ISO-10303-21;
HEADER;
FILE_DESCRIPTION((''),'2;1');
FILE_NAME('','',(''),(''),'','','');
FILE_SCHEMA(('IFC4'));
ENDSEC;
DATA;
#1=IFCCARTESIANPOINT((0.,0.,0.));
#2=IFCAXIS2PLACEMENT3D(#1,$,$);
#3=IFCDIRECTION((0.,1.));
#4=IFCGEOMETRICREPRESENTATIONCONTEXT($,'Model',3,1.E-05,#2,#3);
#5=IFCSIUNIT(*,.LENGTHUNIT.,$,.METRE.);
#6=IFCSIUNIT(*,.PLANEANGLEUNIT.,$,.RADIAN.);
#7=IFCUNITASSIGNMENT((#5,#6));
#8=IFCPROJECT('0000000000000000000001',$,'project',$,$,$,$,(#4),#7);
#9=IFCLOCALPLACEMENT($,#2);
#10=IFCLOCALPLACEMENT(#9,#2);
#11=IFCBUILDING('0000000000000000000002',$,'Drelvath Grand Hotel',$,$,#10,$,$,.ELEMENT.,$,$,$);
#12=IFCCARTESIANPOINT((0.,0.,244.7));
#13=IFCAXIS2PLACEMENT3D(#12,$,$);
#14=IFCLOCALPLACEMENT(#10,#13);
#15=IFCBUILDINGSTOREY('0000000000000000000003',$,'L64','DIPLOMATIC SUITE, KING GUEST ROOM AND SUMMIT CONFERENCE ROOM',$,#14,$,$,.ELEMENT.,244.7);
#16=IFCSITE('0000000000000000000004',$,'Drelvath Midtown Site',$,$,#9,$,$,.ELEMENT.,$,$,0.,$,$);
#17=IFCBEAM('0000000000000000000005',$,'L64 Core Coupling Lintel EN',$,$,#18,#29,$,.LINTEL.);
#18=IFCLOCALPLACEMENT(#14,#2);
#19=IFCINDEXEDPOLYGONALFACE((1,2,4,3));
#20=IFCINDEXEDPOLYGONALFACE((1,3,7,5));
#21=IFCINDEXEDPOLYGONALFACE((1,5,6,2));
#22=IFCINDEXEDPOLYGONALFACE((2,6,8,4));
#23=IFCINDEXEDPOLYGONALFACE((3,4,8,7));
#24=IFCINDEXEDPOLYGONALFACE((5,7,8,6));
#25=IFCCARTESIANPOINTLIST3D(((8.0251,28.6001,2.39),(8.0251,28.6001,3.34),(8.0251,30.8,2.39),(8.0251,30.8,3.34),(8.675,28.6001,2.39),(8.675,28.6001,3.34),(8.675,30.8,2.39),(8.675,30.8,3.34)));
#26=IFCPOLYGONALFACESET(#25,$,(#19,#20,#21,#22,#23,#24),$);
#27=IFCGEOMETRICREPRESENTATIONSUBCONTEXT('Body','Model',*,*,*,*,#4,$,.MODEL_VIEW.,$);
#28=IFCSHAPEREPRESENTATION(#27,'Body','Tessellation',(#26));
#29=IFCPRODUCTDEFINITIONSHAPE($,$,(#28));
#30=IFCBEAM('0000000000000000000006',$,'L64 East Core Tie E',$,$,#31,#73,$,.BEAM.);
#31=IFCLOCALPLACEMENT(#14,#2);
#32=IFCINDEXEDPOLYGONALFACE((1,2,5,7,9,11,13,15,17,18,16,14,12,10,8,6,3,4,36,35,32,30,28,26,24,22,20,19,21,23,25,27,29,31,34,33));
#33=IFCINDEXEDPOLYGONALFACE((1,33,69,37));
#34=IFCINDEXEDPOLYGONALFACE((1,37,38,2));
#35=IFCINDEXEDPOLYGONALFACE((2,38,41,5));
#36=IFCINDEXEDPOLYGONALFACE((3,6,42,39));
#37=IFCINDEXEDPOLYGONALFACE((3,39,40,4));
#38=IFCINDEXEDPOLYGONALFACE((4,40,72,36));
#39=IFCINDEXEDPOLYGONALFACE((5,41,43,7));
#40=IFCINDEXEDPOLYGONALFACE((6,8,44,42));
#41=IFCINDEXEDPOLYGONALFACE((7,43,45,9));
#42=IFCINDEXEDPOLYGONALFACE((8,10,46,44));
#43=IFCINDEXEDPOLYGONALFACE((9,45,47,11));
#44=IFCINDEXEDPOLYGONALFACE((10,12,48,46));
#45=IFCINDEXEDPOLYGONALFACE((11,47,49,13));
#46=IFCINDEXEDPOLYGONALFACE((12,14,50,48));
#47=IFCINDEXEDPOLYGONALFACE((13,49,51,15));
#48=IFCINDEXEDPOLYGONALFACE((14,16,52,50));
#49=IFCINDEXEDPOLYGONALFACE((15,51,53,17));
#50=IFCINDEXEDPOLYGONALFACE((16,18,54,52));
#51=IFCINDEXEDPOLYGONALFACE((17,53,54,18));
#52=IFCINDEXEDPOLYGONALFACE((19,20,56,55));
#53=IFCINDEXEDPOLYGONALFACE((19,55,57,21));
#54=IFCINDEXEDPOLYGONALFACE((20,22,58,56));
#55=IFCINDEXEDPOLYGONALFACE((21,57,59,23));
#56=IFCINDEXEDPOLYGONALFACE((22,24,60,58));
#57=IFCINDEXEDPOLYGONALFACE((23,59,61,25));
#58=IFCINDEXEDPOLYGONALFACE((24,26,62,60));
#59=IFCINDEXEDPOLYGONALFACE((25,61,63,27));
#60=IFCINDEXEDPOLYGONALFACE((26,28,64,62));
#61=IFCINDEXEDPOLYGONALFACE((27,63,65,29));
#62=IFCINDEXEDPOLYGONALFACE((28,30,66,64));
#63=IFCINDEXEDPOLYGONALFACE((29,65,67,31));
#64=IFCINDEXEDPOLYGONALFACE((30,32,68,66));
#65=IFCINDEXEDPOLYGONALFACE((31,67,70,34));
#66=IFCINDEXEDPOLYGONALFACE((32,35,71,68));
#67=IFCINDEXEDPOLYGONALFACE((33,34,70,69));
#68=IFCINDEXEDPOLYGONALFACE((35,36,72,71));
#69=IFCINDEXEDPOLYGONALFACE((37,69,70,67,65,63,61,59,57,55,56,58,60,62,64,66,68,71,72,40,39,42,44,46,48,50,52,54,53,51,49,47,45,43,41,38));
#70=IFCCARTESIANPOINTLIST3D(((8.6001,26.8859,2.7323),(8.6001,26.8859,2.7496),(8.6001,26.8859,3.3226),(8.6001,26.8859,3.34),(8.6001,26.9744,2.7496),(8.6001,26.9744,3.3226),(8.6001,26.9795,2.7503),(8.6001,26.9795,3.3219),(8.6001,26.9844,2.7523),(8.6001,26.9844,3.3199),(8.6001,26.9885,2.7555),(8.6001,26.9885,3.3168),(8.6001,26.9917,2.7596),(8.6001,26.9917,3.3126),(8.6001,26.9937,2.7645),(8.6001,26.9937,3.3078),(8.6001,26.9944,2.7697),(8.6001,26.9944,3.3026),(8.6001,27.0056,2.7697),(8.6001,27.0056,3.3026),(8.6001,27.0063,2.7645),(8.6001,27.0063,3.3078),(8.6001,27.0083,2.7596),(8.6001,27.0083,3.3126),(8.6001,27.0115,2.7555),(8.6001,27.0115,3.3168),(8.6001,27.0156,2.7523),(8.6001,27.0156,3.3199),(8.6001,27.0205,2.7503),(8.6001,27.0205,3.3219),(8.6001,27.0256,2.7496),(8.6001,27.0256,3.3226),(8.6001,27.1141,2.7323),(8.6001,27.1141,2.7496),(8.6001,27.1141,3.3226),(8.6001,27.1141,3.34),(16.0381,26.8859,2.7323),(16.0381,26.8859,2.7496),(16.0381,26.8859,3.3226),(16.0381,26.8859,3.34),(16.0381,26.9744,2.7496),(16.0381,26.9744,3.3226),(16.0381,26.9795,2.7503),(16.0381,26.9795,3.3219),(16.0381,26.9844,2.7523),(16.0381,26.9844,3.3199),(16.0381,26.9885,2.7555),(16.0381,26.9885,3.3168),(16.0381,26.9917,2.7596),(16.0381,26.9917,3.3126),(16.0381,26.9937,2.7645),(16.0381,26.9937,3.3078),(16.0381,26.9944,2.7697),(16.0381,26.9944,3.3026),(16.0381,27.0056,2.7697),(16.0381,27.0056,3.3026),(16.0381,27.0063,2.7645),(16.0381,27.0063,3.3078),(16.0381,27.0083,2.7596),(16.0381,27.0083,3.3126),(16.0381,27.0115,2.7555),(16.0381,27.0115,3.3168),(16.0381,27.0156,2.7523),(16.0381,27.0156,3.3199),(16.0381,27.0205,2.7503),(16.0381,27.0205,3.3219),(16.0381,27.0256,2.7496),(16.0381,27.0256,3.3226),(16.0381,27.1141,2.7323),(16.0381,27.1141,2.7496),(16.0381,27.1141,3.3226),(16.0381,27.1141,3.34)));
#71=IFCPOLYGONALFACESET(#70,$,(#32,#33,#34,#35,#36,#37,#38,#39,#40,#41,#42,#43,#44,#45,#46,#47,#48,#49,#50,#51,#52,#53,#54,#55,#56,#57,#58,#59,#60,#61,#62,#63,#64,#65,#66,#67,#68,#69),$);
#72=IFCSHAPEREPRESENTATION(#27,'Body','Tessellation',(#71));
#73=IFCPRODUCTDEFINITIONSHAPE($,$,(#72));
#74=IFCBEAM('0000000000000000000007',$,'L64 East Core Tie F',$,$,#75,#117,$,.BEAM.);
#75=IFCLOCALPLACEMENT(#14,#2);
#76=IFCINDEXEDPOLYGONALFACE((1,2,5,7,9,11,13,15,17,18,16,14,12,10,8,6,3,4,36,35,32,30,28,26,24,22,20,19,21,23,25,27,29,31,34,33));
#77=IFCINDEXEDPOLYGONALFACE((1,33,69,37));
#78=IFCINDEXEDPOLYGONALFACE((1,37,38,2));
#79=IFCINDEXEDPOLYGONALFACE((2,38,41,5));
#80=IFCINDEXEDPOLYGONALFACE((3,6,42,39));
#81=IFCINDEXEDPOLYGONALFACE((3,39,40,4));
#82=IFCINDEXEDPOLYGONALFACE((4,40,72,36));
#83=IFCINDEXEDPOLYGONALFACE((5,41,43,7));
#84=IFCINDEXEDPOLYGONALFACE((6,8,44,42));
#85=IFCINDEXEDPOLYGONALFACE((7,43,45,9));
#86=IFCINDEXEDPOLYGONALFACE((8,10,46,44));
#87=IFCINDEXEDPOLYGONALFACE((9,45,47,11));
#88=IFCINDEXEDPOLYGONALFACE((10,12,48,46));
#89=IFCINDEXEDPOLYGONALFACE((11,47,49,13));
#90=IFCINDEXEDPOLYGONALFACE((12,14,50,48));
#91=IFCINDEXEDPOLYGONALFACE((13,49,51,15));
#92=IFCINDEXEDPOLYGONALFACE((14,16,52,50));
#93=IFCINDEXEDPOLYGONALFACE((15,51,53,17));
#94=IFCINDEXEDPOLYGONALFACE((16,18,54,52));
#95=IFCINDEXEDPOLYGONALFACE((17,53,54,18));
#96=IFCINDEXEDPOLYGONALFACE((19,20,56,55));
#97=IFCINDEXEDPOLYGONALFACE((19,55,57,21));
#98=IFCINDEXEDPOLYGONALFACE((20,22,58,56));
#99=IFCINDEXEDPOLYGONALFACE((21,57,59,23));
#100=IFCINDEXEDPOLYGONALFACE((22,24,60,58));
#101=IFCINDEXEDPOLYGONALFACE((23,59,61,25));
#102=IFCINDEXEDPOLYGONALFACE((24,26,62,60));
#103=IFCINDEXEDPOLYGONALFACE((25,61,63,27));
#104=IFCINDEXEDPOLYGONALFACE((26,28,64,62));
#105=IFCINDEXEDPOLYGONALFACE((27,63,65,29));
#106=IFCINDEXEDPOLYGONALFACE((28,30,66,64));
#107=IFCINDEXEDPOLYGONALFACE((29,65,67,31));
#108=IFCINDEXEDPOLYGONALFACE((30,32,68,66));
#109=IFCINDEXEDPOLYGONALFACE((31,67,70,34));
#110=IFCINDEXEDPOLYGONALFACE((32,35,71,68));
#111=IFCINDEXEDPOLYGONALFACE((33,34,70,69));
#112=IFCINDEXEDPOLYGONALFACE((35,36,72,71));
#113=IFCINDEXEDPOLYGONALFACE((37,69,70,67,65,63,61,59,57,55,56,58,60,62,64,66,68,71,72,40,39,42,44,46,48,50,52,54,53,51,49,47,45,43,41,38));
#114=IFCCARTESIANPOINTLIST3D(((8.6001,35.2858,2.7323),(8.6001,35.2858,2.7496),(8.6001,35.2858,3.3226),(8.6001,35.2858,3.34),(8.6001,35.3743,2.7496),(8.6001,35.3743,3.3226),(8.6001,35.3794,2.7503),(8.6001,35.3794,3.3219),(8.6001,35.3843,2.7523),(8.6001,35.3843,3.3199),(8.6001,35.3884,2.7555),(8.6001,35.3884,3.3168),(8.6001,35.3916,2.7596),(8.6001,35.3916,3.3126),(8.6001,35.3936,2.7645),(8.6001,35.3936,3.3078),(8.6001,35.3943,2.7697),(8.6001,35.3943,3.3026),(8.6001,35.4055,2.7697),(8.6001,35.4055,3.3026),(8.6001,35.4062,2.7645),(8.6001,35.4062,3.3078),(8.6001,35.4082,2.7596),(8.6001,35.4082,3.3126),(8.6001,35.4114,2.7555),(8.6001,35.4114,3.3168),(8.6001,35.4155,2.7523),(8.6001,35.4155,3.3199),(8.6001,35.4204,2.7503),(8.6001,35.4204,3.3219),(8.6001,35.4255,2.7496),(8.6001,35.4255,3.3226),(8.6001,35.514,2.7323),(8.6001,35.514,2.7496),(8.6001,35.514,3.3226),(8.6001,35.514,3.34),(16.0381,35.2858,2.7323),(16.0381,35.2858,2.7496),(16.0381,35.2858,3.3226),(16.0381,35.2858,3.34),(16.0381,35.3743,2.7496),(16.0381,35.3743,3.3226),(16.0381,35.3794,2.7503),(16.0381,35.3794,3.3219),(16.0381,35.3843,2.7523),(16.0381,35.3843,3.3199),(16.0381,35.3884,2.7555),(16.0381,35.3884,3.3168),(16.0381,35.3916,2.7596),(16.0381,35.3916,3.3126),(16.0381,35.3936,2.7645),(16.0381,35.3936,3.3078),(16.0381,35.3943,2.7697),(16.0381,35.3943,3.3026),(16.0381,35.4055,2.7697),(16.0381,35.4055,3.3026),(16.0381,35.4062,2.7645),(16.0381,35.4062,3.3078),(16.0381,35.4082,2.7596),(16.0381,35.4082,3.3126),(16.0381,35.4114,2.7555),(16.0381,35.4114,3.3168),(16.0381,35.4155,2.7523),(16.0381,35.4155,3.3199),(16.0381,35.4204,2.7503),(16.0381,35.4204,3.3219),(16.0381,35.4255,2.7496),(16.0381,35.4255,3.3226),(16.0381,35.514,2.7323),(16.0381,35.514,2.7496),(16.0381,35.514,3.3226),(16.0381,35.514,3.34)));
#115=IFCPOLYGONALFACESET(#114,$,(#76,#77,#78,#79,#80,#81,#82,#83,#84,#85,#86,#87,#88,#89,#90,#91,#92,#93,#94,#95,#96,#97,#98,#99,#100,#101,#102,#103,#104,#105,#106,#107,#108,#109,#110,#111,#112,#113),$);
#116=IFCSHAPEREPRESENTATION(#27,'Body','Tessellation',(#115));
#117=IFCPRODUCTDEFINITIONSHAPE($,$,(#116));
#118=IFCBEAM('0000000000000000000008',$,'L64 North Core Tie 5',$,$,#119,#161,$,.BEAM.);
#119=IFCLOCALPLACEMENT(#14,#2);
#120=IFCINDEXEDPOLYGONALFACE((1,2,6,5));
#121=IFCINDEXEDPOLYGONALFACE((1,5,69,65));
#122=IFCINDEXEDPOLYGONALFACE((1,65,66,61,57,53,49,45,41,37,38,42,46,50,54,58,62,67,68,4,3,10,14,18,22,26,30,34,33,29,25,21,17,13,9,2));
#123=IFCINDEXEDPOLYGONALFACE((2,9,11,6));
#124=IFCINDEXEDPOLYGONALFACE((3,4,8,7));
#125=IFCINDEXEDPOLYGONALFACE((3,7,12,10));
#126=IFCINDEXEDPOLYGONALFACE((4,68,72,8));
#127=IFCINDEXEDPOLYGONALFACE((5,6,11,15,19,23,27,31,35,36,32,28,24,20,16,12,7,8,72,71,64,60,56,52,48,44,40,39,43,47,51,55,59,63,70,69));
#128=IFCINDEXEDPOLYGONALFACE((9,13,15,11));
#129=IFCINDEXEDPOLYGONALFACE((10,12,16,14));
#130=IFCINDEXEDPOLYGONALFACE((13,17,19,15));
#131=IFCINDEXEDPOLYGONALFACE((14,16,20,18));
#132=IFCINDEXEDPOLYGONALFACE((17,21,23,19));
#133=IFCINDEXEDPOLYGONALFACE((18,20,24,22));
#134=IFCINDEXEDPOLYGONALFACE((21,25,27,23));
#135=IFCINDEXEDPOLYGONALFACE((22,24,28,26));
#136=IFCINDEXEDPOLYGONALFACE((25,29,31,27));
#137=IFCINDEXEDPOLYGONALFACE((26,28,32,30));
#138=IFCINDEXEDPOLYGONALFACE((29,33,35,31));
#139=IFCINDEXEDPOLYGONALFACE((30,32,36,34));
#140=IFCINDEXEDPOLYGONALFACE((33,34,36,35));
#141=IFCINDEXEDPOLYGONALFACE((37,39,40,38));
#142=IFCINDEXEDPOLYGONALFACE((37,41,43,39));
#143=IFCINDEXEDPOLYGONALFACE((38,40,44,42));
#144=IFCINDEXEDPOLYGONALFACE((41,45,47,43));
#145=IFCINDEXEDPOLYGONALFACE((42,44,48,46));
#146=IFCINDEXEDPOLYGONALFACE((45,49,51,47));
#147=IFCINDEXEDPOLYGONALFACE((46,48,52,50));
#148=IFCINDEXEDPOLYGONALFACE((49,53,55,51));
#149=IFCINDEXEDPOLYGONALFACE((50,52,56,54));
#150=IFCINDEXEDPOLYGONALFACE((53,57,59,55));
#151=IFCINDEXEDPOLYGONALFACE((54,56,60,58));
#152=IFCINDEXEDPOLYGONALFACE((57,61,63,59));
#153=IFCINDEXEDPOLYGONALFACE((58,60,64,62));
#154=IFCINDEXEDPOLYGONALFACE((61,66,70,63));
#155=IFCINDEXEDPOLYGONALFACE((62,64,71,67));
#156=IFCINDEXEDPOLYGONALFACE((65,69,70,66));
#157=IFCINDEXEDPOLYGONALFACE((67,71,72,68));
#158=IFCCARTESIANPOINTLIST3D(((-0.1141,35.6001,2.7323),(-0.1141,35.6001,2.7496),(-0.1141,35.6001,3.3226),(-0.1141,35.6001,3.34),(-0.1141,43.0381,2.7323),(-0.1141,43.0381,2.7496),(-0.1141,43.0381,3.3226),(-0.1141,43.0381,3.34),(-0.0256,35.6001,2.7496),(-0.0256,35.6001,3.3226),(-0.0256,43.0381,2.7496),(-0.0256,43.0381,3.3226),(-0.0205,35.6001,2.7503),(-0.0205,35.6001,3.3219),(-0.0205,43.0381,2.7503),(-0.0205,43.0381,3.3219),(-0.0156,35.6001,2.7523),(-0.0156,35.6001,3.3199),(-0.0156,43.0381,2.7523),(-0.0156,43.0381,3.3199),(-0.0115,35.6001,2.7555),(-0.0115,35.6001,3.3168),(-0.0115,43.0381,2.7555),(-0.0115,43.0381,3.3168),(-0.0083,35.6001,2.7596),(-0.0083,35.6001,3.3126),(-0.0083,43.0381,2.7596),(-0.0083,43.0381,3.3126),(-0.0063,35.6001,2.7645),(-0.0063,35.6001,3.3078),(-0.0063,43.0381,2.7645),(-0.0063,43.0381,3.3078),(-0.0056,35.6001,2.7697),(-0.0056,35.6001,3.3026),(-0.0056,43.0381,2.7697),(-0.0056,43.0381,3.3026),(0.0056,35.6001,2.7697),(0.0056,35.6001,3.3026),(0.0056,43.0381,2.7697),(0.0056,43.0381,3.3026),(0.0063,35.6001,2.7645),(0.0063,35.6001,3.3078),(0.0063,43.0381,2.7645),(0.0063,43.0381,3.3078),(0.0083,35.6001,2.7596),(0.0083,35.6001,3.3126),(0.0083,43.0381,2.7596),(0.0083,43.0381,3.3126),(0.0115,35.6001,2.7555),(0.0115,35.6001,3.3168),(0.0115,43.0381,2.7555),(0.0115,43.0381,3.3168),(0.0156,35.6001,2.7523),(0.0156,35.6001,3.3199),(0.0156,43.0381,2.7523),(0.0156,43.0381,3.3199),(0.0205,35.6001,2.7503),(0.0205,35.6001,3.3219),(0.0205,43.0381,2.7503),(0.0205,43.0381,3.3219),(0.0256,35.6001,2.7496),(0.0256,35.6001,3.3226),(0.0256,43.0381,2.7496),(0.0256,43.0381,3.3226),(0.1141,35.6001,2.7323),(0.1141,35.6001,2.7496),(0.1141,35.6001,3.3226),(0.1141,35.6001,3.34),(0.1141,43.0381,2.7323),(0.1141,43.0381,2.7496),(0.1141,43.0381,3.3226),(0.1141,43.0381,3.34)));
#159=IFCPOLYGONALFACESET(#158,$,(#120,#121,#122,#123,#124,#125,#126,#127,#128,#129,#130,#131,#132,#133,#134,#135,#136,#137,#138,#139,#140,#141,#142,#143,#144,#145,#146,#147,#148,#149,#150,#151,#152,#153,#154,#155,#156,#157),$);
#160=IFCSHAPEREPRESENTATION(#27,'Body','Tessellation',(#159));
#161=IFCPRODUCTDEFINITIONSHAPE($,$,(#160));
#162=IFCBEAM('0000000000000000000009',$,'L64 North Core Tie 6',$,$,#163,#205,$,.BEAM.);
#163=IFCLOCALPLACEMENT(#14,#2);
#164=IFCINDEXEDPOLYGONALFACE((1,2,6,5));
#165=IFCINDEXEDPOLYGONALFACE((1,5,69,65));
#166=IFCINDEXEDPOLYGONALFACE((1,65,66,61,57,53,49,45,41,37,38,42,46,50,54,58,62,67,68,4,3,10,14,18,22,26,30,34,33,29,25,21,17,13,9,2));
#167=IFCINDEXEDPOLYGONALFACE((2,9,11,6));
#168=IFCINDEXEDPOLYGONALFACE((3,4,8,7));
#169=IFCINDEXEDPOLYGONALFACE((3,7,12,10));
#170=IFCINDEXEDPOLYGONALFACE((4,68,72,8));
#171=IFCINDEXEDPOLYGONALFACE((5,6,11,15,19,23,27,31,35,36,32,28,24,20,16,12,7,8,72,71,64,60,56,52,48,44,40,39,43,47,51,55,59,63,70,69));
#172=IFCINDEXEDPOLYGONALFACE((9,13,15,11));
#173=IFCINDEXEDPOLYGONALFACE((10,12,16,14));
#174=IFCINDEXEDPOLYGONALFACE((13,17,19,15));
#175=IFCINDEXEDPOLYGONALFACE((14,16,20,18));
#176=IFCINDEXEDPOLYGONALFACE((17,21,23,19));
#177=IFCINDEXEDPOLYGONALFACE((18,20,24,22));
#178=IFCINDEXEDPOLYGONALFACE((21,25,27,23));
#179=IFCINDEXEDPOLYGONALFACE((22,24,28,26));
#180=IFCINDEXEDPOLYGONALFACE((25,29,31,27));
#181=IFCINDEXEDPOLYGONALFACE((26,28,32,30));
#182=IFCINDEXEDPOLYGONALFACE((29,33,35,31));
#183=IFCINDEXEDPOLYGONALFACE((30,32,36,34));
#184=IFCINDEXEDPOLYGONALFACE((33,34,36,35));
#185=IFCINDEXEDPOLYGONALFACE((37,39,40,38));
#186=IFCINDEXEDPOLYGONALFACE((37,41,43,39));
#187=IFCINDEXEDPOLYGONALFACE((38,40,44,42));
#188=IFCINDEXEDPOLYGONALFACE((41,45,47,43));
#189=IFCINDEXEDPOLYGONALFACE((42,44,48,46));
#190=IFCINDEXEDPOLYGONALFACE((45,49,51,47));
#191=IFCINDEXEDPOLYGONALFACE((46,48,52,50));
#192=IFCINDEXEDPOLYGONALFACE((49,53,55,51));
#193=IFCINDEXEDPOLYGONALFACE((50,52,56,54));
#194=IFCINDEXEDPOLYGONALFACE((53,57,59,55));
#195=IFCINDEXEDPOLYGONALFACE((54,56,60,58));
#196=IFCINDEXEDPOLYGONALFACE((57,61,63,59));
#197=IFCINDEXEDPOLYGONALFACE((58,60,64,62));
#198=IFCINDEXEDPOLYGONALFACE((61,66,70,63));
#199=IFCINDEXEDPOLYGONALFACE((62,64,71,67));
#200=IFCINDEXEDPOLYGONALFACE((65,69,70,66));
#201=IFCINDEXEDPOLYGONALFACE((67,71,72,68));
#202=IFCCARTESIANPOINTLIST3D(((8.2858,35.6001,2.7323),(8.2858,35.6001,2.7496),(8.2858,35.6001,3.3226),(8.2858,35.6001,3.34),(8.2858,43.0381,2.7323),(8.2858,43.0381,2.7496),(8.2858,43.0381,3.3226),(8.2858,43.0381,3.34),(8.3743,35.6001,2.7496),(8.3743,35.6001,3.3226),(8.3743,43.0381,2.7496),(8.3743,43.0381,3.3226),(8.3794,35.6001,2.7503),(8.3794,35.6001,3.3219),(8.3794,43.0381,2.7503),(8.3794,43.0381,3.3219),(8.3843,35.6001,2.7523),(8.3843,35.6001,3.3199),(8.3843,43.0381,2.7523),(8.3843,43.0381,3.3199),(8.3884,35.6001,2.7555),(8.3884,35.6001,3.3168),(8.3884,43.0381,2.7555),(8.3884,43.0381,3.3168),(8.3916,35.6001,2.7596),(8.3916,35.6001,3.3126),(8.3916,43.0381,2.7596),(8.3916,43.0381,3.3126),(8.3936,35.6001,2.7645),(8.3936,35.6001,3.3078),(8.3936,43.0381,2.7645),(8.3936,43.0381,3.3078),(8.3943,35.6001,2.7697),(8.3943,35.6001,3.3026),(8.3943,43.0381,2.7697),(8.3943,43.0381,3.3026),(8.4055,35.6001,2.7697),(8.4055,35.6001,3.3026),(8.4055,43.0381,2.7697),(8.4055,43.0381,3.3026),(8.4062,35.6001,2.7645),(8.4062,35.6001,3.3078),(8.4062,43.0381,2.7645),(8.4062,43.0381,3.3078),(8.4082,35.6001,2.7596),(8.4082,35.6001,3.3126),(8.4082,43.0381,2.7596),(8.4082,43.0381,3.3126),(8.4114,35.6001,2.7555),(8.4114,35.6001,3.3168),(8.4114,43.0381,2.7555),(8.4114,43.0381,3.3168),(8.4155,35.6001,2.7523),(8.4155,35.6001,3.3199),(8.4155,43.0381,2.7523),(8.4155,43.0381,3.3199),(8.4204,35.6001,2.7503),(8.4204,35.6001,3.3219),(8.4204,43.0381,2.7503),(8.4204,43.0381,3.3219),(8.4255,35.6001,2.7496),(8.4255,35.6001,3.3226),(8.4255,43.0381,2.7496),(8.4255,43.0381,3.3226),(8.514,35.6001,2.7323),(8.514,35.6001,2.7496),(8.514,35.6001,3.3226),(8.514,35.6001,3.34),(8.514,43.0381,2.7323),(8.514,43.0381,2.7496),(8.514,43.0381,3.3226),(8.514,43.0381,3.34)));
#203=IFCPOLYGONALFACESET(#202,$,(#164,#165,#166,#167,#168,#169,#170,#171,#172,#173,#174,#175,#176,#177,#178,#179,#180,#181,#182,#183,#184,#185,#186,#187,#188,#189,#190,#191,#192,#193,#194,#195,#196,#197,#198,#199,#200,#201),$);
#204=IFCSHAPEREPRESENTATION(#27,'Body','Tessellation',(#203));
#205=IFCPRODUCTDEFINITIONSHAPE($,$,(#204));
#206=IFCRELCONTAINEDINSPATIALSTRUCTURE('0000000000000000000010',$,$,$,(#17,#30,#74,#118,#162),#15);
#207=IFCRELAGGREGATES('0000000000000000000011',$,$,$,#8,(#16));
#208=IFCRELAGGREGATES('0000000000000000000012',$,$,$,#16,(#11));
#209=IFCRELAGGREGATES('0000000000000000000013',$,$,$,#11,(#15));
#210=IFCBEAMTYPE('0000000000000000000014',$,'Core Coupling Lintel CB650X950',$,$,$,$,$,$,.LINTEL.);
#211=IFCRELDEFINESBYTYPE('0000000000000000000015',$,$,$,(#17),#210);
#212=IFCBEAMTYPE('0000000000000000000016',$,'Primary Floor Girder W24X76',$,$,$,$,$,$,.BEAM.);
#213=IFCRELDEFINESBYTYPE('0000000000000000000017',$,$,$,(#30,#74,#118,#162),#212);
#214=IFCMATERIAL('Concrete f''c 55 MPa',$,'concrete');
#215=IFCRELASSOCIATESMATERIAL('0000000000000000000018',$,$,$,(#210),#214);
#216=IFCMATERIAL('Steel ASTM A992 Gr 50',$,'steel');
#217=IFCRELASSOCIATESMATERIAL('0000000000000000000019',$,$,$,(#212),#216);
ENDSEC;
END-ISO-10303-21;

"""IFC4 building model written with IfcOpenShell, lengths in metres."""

from ifc_helpers import new_model, si_unit, direction, frame, origin, origin_2d, place, context, subcontext, project, spatial, rectangle, i_section, extrude, material, material_profile, profile_set, type_object, element, save


model = new_model("IFC4")

# Units and contexts
model_context = context("Model", 3, precision=1e-05, world=origin(), true_north=direction((0.0, 1.0)))
body_context = subcontext(model_context, "Body", "Model", "MODEL_VIEW")
ifc_project = project(units=[si_unit("LENGTHUNIT", "METRE"), si_unit("PLANEANGLEUNIT", "RADIAN")], contexts=[model_context])

# Site, building, storey
site_placement = place(None, origin())
site = spatial("IfcSite", under=ifc_project, at=site_placement, Name="Drelvath Midtown Site", CompositionType="ELEMENT", RefElevation=0.0)
building_placement = place(site_placement, origin())
building = spatial("IfcBuilding", under=site, at=building_placement, Name="Drelvath Grand Hotel", CompositionType="ELEMENT")
storey_placement = place(building_placement, frame((0.0, 0.0, 244.7)))
storey = spatial("IfcBuildingStorey", under=building, at=storey_placement, Name="L64", Description="DIPLOMATIC SUITE, KING GUEST ROOM AND SUMMIT CONFERENCE ROOM", CompositionType="ELEMENT", Elevation=244.7)

# Beams
ifc_material_1 = material(Name="Concrete f'c 55 MPa", Category="concrete")
ifc_material_profile_1 = material_profile(ifc_material_1, rectangle(XDim=0.6499, YDim=0.95, at=origin_2d()), Name="CB650X950")
ifc_profile_set_1 = profile_set([ifc_material_profile_1], Name="Concrete f'c 55 MPa")
beam_type_1 = type_object("IfcBeamType", Name="Core Coupling Lintel CB650X950", PredefinedType="LINTEL", material=ifc_profile_set_1)
beam_placement = place(storey_placement, frame((8.3501, 28.6001, 2.865), z_axis=(0.0, 1.0, 0.0), x_axis=(-1.0, 0.0, 0.0)))
element("IfcBeam", 1, at=beam_placement, inside=storey, type_object=beam_type_1, Name="L64 Core Coupling Lintel EN", PredefinedType="LINTEL", context=body_context, shape_type="SweptSolid", body=[
    extrude(rectangle(XDim=0.6499, YDim=0.95, at=origin_2d()), origin(), (0.0, 0.0, 1.0), 2.2),
])
ifc_material_2 = material(Name="Steel ASTM A992 Gr 50", Category="steel")
ifc_material_profile_2 = material_profile(ifc_material_2, i_section(OverallWidth=0.2283, OverallDepth=0.6077, WebThickness=0.0112, FlangeThickness=0.0173, FilletRadius=0.02, at=origin_2d()), Name="W24X76")
ifc_profile_set_2 = profile_set([ifc_material_profile_2], Name="Steel ASTM A992 Gr 50")
beam_type_2 = type_object("IfcBeamType", Name="Primary Floor Girder W24X76", PredefinedType="BEAM", material=ifc_profile_set_2)
for number, where, z_axis, x_axis, name in (
    (2, (8.6001, 27.0, 3.0361), (1.0, 0.0, 0.0), (0.0, 1.0, 0.0), "L64 East Core Tie E"),
    (3, (8.6001, 35.3999, 3.0361), (1.0, 0.0, 0.0), (0.0, 1.0, 0.0), "L64 East Core Tie F"),
    (4, (0.0, 35.6001, 3.0361), (0.0, 1.0, 0.0), (-1.0, 0.0, 0.0), "L64 North Core Tie 5"),
    (5, (8.3999, 35.6001, 3.0361), (0.0, 1.0, 0.0), (-1.0, 0.0, 0.0), "L64 North Core Tie 6"),
):
    element("IfcBeam", number, at=place(storey_placement, frame(where, z_axis=z_axis, x_axis=x_axis)), inside=storey, type_object=beam_type_2, Name=name, PredefinedType="BEAM", context=body_context, shape_type="SweptSolid", body=[
        extrude(i_section(OverallWidth=0.2283, OverallDepth=0.6077, WebThickness=0.0112, FlangeThickness=0.0173, FilletRadius=0.02, at=origin_2d()), origin(), (0.0, 0.0, 1.0), 7.438),
    ])

save(model, "model.ifc")
